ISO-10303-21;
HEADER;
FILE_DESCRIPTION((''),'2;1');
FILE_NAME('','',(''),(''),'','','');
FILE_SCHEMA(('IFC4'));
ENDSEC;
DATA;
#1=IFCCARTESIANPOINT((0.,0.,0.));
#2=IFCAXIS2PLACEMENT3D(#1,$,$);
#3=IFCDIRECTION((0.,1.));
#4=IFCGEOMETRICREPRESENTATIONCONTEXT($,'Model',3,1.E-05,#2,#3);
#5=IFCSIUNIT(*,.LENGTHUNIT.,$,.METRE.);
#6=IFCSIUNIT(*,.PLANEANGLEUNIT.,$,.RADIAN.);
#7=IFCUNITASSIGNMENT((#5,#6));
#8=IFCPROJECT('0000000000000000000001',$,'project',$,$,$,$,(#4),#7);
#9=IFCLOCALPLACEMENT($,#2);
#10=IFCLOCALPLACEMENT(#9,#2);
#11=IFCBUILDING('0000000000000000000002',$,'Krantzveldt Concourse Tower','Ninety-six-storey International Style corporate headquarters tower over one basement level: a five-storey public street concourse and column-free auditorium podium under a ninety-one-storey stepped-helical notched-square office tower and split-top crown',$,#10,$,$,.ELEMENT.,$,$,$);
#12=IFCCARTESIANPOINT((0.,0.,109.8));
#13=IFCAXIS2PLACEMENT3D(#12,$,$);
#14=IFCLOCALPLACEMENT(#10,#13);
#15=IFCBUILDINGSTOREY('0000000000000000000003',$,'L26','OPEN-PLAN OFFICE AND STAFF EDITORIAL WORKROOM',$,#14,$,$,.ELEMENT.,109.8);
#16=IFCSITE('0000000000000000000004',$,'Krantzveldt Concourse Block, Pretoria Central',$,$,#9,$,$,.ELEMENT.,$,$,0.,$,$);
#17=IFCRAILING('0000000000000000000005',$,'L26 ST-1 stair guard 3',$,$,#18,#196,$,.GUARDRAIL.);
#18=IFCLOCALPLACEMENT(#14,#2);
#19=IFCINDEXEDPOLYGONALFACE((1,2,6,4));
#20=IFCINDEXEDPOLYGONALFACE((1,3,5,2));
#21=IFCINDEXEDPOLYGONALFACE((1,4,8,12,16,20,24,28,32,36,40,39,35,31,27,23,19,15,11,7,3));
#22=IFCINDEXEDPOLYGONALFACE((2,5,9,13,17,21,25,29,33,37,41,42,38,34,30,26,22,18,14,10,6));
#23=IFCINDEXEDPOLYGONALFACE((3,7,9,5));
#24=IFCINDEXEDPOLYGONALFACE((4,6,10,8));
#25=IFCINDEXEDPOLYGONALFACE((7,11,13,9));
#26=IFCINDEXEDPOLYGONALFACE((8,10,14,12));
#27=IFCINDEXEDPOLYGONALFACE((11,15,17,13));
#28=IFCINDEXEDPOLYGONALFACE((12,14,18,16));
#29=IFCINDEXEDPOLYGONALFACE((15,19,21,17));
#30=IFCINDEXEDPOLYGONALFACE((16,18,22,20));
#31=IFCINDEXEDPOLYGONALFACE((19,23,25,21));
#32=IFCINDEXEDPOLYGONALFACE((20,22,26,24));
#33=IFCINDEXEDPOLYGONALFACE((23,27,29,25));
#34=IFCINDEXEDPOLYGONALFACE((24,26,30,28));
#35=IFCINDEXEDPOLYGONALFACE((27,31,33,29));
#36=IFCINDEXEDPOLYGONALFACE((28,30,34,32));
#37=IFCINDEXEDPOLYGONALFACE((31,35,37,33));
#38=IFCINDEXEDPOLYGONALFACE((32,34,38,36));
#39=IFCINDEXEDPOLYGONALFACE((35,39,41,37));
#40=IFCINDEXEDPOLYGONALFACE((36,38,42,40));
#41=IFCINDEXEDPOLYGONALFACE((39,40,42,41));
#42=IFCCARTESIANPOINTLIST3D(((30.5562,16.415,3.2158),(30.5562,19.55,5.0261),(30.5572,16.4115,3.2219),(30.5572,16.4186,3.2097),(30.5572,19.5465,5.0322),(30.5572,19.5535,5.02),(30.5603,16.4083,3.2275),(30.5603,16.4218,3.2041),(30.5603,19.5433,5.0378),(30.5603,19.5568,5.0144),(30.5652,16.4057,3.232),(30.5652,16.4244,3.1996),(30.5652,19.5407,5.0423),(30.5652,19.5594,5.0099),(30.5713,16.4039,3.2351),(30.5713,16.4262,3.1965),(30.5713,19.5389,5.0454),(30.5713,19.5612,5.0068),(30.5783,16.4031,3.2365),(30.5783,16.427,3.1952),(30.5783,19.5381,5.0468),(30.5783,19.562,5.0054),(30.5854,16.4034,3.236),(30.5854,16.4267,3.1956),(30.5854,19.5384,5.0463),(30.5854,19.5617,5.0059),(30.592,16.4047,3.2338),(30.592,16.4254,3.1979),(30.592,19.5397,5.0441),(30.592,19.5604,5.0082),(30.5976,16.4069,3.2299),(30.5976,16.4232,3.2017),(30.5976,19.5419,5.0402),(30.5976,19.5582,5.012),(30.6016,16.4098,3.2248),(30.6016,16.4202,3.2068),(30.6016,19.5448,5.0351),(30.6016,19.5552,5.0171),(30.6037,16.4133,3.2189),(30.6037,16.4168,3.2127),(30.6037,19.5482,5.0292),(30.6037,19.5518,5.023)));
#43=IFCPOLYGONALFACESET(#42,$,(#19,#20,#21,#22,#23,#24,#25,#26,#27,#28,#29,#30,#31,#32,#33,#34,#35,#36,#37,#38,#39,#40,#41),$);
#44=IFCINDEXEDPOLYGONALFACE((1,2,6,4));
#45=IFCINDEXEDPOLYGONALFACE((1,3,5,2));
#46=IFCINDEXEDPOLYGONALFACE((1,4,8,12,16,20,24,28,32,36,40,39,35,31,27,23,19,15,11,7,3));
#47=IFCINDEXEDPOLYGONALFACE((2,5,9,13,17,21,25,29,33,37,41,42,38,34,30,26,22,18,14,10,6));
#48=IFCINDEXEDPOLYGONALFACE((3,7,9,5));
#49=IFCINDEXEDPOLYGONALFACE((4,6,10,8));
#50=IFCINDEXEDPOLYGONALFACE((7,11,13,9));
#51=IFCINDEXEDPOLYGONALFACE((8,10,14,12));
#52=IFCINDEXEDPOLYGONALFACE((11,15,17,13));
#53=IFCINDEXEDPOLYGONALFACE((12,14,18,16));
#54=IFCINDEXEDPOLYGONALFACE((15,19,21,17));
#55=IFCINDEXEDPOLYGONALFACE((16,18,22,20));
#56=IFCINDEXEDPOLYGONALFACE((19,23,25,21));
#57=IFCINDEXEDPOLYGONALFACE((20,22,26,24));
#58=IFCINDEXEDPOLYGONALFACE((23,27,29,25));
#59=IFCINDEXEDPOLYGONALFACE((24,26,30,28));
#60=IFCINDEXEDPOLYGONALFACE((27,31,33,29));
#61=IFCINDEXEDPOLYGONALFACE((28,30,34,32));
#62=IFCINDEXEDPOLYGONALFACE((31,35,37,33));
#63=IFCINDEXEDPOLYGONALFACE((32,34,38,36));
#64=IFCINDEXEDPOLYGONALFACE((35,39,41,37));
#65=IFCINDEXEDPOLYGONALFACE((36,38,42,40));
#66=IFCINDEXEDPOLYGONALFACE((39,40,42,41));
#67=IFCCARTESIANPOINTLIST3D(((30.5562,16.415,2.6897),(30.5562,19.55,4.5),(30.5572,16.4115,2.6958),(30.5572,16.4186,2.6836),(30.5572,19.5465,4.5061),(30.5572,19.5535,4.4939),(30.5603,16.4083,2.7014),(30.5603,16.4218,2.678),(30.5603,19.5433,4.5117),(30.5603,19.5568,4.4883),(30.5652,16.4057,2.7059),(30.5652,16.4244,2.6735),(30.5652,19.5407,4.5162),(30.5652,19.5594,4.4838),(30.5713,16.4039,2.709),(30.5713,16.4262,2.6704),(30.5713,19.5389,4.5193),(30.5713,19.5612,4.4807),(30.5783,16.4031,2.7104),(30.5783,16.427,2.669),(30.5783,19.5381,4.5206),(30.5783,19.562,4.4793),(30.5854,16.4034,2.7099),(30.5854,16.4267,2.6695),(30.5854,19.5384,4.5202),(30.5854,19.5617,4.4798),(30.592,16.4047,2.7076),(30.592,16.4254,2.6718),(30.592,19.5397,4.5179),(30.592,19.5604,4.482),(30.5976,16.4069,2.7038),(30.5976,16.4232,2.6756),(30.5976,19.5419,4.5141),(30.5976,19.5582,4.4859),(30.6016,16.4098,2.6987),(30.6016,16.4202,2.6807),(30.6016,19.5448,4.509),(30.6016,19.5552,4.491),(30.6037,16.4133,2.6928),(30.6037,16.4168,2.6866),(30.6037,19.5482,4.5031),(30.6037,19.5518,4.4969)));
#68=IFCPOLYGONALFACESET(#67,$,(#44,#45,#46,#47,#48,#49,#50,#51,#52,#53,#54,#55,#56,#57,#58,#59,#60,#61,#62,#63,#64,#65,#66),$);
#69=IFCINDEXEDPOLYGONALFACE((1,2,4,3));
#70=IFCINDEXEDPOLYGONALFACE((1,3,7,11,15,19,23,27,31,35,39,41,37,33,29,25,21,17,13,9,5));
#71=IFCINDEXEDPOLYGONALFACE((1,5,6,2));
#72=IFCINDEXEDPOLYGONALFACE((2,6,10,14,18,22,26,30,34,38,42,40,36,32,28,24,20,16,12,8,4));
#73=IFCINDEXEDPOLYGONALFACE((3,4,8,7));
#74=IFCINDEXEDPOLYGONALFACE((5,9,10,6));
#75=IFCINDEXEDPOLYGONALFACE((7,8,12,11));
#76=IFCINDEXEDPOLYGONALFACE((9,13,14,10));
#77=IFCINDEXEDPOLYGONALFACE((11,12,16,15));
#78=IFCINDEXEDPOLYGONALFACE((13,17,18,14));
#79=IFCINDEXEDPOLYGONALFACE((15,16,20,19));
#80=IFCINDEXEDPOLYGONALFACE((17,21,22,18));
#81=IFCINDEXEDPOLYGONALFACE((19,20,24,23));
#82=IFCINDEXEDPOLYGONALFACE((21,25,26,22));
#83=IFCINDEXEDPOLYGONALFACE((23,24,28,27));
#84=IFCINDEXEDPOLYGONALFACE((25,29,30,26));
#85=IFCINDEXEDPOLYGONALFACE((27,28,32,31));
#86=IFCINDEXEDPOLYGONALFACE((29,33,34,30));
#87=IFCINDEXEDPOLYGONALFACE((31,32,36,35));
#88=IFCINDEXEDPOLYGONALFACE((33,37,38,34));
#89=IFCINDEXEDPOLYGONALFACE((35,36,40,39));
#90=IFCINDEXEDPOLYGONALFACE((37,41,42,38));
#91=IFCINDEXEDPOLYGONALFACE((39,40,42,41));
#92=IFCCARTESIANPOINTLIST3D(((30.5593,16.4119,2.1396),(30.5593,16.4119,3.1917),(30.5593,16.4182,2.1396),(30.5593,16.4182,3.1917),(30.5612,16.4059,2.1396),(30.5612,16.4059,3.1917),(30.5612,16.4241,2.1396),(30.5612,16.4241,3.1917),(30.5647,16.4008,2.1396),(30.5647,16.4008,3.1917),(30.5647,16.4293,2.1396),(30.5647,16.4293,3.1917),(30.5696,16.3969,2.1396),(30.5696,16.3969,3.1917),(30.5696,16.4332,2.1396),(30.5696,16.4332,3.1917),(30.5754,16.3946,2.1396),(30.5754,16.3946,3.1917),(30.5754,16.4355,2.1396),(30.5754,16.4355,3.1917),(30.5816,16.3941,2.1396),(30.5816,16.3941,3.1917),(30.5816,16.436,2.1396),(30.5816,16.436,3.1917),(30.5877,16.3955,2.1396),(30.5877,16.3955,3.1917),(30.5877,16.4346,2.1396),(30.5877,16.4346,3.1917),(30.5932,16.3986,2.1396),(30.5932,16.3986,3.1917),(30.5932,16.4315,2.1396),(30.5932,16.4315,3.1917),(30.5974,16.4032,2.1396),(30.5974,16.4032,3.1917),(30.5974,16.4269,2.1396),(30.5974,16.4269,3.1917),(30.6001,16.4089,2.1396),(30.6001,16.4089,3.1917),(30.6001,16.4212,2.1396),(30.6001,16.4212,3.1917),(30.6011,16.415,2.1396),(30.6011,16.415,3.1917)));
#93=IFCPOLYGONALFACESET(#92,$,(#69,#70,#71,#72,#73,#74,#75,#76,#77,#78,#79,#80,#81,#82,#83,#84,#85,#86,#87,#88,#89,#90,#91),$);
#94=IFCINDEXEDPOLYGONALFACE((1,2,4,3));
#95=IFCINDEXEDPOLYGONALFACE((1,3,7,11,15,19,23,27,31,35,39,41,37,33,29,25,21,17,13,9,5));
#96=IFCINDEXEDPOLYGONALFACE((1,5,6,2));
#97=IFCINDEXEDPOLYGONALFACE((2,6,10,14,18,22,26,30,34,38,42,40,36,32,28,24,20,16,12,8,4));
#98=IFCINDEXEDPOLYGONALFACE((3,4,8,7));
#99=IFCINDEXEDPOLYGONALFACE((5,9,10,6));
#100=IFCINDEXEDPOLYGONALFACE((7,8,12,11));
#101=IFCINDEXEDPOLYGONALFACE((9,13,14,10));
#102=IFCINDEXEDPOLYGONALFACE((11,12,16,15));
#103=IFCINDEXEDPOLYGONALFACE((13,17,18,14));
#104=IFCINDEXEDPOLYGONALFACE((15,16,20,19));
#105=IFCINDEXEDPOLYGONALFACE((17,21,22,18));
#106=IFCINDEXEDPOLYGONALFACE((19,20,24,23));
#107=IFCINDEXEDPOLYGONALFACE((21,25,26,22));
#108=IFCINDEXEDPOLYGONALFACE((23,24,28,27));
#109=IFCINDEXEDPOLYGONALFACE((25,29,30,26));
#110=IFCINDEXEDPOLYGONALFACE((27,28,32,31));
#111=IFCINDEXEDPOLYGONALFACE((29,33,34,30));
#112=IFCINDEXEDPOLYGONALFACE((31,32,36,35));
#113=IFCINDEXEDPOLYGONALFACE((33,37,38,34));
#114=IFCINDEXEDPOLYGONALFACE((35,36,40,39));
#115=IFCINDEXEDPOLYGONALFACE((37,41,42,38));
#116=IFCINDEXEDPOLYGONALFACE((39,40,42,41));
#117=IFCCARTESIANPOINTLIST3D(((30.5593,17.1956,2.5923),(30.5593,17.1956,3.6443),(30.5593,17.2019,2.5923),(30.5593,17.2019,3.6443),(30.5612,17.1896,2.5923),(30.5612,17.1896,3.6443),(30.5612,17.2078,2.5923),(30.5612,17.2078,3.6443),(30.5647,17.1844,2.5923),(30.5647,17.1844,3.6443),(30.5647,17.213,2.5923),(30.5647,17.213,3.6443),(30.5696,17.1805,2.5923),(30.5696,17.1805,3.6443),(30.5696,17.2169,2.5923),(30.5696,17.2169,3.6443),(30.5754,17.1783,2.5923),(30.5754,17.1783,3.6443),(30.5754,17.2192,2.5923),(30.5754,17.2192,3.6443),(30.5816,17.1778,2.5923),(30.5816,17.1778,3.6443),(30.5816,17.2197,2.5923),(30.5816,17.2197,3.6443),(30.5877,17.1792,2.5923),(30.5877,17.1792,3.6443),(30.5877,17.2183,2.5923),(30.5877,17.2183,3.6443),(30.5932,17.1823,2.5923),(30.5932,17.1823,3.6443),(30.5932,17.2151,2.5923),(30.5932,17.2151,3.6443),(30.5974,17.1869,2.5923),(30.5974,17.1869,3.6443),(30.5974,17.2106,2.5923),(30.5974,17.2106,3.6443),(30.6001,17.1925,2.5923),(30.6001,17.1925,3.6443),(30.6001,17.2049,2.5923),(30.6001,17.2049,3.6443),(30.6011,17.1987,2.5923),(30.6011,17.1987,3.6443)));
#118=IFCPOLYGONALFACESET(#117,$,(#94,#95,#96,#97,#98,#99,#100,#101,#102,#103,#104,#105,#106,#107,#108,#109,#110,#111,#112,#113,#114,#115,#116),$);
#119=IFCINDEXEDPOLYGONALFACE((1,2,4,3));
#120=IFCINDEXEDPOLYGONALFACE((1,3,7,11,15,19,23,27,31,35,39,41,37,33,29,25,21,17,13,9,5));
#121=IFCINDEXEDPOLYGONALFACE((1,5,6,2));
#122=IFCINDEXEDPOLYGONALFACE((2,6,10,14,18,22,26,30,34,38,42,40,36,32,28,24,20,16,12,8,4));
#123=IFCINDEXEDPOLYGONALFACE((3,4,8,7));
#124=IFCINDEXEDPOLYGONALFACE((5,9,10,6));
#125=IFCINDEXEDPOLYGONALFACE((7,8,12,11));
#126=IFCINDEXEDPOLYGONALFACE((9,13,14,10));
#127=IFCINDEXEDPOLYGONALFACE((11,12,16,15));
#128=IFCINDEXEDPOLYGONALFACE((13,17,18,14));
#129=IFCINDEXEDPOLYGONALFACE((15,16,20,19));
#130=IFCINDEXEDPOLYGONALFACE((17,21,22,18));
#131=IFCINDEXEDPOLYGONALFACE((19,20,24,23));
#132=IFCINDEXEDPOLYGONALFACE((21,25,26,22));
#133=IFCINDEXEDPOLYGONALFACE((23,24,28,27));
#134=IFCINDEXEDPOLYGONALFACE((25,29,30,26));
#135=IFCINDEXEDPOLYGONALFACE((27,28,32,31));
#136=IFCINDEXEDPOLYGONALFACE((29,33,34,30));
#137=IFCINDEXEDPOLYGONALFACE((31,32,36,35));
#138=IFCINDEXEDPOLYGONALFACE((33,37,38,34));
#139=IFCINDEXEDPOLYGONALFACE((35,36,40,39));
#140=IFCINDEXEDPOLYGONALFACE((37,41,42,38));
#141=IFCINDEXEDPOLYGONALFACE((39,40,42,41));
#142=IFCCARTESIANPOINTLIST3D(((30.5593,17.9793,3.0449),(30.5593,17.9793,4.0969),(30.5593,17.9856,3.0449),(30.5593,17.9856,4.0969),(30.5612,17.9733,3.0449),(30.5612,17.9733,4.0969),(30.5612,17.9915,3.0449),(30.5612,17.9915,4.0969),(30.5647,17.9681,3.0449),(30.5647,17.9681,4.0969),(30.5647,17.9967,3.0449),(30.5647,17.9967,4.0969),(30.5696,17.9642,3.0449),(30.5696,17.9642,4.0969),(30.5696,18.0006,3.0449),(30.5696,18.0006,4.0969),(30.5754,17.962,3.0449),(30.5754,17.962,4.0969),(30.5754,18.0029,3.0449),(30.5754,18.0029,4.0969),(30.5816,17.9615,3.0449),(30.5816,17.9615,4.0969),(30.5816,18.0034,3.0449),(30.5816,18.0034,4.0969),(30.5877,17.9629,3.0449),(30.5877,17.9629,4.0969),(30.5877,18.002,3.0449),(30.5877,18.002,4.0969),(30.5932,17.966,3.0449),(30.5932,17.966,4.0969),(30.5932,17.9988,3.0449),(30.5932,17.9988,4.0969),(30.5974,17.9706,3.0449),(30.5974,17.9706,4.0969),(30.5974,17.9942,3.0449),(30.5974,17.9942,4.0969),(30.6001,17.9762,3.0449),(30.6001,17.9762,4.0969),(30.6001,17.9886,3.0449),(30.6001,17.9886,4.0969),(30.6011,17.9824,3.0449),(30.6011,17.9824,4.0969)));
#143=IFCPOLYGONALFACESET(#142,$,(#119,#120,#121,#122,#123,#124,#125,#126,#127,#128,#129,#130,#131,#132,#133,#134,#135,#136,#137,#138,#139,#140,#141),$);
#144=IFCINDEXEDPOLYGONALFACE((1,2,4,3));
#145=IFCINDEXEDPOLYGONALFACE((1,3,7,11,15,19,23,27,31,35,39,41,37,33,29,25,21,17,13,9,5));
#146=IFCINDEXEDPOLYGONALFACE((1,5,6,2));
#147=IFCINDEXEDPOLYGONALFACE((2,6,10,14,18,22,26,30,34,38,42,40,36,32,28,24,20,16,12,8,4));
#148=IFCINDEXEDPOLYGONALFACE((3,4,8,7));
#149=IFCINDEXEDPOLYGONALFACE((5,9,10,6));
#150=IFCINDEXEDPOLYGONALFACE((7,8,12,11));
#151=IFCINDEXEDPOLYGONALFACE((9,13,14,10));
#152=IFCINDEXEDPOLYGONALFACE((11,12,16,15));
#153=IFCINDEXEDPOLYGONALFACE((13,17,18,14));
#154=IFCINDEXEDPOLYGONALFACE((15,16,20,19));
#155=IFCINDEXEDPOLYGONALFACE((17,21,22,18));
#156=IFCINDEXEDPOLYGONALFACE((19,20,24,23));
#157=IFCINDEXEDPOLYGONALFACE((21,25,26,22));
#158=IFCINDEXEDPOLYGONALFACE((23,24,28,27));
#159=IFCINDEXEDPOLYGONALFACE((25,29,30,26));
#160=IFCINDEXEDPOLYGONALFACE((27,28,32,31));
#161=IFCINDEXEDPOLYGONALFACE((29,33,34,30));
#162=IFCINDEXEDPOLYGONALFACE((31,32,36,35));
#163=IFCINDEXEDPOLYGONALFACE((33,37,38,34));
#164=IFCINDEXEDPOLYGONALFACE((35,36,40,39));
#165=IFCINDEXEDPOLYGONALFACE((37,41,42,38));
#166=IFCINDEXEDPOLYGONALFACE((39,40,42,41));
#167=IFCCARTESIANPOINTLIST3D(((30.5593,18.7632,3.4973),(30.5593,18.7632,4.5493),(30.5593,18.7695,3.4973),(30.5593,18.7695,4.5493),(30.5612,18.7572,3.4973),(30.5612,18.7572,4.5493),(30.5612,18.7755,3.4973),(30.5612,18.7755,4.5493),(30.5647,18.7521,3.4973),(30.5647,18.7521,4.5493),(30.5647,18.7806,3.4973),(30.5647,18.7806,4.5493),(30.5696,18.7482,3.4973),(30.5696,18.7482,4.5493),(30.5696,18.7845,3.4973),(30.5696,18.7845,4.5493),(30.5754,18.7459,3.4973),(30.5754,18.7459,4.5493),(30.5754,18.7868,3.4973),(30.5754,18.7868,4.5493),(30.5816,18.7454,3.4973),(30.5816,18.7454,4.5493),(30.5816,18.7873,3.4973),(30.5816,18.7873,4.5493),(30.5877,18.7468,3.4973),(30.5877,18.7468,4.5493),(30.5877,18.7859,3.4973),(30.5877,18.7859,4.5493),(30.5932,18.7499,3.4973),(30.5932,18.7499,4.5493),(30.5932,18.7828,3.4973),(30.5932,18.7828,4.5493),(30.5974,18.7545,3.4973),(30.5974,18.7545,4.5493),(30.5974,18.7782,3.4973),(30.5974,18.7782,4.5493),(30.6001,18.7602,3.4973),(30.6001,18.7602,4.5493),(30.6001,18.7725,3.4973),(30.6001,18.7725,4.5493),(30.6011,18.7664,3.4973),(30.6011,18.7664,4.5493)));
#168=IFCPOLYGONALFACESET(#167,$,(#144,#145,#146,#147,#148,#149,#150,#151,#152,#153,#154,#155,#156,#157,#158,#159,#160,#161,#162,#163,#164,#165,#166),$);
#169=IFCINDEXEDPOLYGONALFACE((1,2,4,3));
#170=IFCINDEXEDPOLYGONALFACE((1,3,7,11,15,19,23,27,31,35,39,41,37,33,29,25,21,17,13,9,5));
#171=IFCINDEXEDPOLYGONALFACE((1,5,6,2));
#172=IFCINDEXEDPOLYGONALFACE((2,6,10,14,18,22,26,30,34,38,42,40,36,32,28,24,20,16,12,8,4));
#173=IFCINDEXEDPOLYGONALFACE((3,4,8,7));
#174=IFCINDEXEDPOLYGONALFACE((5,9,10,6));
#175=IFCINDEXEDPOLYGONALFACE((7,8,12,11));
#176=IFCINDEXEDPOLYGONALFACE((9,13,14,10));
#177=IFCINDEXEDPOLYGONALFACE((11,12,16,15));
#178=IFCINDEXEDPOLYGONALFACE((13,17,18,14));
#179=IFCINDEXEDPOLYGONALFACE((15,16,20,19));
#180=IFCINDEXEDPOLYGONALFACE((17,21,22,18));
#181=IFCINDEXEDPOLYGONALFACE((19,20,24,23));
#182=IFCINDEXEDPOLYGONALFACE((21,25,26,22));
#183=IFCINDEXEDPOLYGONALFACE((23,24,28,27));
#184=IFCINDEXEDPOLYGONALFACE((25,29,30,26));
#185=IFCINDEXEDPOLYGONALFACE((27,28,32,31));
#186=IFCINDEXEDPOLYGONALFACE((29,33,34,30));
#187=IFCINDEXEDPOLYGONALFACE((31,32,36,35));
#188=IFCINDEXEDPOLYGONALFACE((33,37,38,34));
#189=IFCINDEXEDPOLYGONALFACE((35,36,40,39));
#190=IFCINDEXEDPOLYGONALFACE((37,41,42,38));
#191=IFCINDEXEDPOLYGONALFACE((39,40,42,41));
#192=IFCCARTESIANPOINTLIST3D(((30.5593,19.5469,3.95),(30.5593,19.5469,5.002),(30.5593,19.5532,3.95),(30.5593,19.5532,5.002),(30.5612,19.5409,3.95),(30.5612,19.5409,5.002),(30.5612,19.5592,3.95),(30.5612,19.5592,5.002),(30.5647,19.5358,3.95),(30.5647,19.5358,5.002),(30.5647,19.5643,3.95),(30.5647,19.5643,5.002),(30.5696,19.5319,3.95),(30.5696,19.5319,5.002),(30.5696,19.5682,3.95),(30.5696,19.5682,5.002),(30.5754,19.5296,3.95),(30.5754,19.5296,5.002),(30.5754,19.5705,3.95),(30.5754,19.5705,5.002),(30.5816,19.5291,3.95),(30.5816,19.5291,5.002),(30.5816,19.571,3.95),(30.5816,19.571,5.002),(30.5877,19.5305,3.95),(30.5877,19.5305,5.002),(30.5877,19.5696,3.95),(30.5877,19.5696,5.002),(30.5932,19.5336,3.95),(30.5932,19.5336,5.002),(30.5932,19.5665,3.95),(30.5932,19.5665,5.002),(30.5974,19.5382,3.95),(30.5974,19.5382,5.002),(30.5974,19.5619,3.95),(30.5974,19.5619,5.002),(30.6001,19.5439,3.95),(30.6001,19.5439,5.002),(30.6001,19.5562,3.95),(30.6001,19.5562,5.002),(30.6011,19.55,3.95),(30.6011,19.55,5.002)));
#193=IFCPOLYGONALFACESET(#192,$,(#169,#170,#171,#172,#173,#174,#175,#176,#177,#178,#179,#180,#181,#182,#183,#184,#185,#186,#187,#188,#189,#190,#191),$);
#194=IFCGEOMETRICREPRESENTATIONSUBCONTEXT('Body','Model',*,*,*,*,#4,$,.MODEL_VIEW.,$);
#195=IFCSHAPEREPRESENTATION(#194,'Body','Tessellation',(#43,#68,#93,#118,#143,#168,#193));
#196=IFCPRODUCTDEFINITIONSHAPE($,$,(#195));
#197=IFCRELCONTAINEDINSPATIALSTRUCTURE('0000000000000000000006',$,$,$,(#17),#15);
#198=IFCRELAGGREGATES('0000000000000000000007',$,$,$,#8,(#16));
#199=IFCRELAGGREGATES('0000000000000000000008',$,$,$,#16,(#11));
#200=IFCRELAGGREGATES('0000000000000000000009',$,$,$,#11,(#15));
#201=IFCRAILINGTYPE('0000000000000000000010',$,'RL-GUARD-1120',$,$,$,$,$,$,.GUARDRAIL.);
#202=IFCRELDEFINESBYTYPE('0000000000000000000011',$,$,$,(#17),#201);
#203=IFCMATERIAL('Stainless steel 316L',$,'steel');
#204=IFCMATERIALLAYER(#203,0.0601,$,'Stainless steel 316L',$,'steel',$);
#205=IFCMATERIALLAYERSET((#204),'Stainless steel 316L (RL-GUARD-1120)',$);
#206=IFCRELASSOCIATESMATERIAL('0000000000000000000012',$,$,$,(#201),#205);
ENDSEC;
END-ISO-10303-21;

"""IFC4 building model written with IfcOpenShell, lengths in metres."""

from ifc_helpers import new_model, si_unit, direction, frame, origin, origin_2d, place, context, subcontext, project, spatial, circle, extrude, material, layer, layer_set, type_object, element, save


model = new_model("IFC4")

# Units and contexts
model_context = context("Model", 3, precision=1e-05, world=origin(), true_north=direction((0.0, 1.0)))
body_context = subcontext(model_context, "Body", "Model", "MODEL_VIEW")
ifc_project = project(units=[si_unit("LENGTHUNIT", "METRE"), si_unit("PLANEANGLEUNIT", "RADIAN")], contexts=[model_context])

# Site, building, storey
site_placement = place(None, origin())
site = spatial("IfcSite", under=ifc_project, at=site_placement, Name="Krantzveldt Concourse Block, Pretoria Central", CompositionType="ELEMENT", RefElevation=0.0)
building_placement = place(site_placement, origin())
building = spatial("IfcBuilding", under=site, at=building_placement, Name="Krantzveldt Concourse Tower", Description="Ninety-six-storey International Style corporate headquarters tower over one basement level: a five-storey public street concourse and column-free auditorium podium under a ninety-one-storey stepped-helical notched-square office tower and split-top crown", CompositionType="ELEMENT")
storey_placement = place(building_placement, frame((0.0, 0.0, 109.8)))
storey = spatial("IfcBuildingStorey", under=building, at=storey_placement, Name="L26", Description="OPEN-PLAN OFFICE AND STAFF EDITORIAL WORKROOM", CompositionType="ELEMENT", Elevation=109.8)

# Railing
ifc_material_1 = material(Name="Stainless steel 316L", Category="steel")
ifc_layer_1 = layer(ifc_material_1, 0.0601, Name="Stainless steel 316L", Category="steel")
ifc_layer_set_1 = layer_set([ifc_layer_1], Name="Stainless steel 316L (RL-GUARD-1120)")
railing_type_1 = type_object("IfcRailingType", Name="RL-GUARD-1120", PredefinedType="GUARDRAIL", material=ifc_layer_set_1)
railing_1_placement = place(storey_placement, frame((30.5801, 16.415, 2.1396)))
element("IfcRailing", 1, at=railing_1_placement, inside=storey, type_object=railing_type_1, Name="L26 ST-1 stair guard 3", PredefinedType="GUARDRAIL", context=body_context, shape_type="SweptSolid", body=[
    extrude(circle(Radius=0.0239, at=origin_2d()), frame((0.0, 0.0, 1.0762), z_axis=(0.0, 0.865989, 0.500063), x_axis=(-1.0, 0.0, 0.0)), (0.0, 0.0, 1.0), 3.6201),
    extrude(circle(Radius=0.0239, at=origin_2d()), frame((0.0, 0.0, 0.55), z_axis=(0.0, 0.865989, 0.500063), x_axis=(-1.0, 0.0, 0.0)), (0.0, 0.0, 1.0), 3.6201),
    extrude(circle(Radius=0.021, at=origin_2d()), origin(), (0.0, 0.0, 1.0), 1.052),
    extrude(circle(Radius=0.021, at=origin_2d()), frame((0.0, 0.7837, 0.4526)), (0.0, 0.0, 1.0), 1.052),
    extrude(circle(Radius=0.021, at=origin_2d()), frame((0.0, 1.5674, 0.9053)), (0.0, 0.0, 1.0), 1.052),
    extrude(circle(Radius=0.021, at=origin_2d()), frame((0.0, 2.3513, 1.3577)), (0.0, 0.0, 1.0), 1.052),
    extrude(circle(Radius=0.021, at=origin_2d()), frame((0.0, 3.135, 1.8103)), (0.0, 0.0, 1.0), 1.052),
])

save(model, "model.ifc")
